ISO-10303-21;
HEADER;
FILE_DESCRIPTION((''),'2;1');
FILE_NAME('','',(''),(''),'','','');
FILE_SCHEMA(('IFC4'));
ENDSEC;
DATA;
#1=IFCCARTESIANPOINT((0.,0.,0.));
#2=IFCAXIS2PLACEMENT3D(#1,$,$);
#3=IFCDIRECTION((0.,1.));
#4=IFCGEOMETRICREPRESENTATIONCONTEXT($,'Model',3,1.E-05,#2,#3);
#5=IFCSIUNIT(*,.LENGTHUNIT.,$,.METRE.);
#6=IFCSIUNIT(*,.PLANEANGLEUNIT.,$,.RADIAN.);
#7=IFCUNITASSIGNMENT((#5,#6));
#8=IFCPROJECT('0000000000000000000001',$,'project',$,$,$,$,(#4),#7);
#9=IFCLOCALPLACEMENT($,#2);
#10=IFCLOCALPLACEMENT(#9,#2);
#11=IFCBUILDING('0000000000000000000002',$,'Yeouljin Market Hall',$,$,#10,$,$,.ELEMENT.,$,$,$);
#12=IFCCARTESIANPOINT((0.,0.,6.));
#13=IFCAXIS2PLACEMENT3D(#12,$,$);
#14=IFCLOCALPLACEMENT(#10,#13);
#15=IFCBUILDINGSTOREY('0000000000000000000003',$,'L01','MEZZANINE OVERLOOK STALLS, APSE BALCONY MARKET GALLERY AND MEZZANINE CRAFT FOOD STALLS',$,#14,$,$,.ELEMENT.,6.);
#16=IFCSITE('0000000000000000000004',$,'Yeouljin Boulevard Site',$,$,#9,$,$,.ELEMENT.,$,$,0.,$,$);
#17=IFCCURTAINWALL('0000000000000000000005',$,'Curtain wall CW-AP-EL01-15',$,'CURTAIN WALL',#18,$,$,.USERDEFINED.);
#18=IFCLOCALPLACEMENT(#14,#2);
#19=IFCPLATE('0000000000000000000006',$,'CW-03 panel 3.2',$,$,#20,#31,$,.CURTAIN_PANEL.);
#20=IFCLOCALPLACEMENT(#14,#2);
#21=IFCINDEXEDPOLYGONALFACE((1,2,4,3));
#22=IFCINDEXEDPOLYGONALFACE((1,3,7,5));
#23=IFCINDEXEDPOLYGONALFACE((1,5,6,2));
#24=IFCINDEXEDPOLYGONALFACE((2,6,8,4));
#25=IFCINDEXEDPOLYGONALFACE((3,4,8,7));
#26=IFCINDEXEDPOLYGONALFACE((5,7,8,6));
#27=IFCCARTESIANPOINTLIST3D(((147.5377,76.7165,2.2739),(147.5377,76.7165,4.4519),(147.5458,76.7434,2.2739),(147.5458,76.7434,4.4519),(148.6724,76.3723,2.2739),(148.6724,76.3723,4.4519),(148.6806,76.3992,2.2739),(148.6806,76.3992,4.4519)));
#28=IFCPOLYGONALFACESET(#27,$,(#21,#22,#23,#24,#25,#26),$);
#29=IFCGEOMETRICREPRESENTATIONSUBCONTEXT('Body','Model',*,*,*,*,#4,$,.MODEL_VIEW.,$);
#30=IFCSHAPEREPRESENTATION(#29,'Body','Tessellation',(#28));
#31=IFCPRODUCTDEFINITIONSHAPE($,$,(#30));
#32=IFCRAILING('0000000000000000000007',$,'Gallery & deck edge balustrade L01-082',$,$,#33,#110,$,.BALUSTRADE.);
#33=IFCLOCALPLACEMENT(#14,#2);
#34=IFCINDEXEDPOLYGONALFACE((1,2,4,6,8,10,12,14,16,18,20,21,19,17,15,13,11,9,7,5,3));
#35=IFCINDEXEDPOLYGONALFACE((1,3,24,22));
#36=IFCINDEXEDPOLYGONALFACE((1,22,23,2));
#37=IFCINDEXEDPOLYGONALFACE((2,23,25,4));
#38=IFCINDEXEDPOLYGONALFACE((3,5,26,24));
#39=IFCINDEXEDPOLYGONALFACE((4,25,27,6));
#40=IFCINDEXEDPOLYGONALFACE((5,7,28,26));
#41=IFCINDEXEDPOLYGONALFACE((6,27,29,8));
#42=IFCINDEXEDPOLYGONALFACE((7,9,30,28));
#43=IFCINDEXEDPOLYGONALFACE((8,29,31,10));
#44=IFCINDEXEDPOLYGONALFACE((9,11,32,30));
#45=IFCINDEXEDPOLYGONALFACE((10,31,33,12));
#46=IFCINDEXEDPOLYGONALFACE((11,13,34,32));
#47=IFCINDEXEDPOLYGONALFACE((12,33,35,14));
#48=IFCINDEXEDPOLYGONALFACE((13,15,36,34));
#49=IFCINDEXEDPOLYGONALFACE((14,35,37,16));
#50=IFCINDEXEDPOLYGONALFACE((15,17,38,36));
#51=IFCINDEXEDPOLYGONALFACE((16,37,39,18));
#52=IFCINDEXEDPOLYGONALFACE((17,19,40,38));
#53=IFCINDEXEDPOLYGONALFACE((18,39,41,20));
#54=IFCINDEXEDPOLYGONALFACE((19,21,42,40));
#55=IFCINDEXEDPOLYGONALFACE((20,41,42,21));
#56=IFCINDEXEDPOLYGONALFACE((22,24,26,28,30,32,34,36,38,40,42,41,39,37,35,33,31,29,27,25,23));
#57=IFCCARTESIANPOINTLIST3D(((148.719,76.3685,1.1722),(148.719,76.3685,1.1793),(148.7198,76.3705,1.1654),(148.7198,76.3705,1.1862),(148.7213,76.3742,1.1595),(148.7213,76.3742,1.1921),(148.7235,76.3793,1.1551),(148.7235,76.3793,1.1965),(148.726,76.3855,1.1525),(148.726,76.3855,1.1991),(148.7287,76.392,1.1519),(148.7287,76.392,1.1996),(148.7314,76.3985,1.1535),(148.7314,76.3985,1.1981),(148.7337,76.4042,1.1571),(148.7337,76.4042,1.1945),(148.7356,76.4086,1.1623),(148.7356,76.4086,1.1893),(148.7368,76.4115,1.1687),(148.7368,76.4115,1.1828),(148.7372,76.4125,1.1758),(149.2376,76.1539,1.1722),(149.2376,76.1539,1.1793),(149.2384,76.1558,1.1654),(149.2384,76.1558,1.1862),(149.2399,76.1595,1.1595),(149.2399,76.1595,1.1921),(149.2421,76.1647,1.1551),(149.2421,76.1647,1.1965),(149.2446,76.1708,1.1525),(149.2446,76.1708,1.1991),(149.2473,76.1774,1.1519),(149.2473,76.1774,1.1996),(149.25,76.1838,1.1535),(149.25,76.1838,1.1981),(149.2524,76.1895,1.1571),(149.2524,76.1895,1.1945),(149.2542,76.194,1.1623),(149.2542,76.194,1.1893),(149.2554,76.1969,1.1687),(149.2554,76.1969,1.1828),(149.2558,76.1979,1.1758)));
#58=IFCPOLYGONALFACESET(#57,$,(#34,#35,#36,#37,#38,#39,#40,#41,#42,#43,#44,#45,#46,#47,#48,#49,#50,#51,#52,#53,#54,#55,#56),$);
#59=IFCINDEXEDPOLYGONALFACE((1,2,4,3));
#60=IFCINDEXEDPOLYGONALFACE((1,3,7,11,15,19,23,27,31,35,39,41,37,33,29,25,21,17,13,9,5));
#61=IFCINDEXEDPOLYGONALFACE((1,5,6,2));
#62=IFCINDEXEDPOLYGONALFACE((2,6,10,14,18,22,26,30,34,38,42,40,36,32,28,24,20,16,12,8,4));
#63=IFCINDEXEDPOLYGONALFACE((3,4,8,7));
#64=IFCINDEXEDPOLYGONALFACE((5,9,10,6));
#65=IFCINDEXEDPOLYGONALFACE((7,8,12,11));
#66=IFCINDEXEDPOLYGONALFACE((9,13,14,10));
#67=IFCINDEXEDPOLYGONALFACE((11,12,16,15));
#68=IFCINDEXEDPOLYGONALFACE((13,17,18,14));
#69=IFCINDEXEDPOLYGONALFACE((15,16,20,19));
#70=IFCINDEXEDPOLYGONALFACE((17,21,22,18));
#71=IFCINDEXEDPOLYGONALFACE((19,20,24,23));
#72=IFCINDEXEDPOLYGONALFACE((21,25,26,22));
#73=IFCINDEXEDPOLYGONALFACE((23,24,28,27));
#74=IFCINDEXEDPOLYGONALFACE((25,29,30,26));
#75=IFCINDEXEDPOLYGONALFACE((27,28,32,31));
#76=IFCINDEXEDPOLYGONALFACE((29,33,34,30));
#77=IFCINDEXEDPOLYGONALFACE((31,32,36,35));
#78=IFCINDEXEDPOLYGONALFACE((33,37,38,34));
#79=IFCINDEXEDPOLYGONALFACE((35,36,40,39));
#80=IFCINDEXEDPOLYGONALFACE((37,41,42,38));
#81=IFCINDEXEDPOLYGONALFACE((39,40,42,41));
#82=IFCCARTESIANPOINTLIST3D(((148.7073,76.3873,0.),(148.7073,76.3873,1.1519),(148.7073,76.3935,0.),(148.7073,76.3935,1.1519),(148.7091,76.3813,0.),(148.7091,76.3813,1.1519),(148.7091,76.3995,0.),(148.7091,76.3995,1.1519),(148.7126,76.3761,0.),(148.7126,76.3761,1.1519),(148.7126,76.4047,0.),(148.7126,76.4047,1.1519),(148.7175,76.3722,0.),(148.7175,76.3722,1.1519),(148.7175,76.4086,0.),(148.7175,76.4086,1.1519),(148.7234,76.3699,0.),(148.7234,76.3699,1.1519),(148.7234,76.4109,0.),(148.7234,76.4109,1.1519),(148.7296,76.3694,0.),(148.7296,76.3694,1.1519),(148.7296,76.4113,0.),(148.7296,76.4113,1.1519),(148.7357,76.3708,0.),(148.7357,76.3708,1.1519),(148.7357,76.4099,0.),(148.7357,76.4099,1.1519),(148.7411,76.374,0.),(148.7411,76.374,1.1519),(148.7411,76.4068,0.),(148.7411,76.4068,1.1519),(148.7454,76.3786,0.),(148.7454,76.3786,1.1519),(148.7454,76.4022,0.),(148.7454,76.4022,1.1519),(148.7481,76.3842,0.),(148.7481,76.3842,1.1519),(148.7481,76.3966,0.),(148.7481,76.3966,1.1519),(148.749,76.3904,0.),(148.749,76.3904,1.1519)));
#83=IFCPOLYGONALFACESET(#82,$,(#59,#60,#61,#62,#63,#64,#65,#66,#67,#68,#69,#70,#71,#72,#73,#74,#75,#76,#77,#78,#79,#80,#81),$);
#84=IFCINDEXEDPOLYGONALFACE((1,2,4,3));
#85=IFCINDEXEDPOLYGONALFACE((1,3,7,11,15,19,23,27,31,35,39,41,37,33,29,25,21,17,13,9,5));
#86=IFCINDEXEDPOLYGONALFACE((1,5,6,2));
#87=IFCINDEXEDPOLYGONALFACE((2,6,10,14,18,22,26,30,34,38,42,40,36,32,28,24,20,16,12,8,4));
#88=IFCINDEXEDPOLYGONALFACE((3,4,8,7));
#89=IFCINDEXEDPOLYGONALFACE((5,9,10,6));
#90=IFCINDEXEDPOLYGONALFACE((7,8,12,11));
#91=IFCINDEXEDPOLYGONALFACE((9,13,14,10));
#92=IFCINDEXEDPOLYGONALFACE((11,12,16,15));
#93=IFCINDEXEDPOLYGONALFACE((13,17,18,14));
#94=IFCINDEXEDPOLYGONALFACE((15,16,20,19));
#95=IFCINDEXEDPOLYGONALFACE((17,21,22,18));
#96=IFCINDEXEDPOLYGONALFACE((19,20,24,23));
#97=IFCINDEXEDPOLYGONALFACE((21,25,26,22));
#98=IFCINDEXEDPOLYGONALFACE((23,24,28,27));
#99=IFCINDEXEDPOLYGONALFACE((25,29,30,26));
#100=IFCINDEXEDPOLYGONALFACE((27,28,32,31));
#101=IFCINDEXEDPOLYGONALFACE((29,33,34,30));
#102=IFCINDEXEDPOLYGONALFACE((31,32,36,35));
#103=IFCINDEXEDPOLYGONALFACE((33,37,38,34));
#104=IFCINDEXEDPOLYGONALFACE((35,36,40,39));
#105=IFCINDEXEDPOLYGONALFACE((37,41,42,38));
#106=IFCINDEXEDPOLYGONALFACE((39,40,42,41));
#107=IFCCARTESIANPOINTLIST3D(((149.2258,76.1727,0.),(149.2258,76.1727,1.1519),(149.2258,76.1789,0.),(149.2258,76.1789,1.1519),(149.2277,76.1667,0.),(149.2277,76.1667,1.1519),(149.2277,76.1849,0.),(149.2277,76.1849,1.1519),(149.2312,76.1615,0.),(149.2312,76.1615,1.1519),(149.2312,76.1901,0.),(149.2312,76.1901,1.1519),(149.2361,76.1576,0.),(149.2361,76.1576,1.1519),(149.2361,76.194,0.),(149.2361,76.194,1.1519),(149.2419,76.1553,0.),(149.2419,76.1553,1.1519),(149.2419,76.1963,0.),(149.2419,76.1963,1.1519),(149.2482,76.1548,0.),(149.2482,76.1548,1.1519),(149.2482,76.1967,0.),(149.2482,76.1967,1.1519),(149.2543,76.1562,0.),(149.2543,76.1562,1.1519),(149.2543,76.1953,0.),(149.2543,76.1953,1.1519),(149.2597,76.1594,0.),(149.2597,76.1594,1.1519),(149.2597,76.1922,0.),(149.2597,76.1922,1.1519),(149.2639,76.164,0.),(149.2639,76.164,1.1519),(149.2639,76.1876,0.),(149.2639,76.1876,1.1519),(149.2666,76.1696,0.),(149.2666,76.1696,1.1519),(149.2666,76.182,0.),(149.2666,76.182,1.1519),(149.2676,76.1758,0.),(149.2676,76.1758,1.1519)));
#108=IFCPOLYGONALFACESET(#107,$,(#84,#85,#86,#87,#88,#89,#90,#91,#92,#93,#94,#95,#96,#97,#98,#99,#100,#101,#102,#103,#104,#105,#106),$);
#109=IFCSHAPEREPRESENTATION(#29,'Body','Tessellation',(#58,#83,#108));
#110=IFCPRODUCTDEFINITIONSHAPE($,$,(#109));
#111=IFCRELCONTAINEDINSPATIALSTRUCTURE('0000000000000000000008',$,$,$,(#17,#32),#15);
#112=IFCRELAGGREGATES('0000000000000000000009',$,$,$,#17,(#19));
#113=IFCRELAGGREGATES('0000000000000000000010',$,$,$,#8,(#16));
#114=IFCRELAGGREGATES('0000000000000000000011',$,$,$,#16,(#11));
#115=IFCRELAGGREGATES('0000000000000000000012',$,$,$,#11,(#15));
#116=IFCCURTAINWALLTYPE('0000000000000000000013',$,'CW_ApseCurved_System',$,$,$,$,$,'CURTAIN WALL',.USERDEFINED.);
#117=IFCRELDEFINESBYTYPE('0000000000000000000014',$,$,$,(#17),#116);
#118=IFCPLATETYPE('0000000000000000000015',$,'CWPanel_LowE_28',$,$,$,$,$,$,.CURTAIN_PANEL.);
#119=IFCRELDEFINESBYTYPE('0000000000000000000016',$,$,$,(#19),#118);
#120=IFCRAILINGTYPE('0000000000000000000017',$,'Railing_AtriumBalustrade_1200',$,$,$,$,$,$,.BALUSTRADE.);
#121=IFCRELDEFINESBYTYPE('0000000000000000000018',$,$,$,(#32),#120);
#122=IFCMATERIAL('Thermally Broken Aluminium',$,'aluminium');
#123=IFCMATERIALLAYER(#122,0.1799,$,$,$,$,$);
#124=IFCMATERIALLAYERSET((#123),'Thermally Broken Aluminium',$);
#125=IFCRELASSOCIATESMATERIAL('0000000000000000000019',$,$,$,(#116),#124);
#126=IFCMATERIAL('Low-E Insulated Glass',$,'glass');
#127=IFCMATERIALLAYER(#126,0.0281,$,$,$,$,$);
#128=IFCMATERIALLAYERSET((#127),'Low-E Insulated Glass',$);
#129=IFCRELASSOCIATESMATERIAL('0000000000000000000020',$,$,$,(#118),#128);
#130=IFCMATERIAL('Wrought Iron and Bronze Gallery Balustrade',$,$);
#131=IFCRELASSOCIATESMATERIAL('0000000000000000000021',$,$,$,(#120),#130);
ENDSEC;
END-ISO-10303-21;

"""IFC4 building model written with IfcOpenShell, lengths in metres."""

from ifc_helpers import new_model, si_unit, direction, frame, origin, origin_2d, place, context, subcontext, project, spatial, rectangle, circle, extrude, material, layer, layer_set, type_object, element, aggregate, save


model = new_model("IFC4")

# Units and contexts
model_context = context("Model", 3, precision=1e-05, world=origin(), true_north=direction((0.0, 1.0)))
body_context = subcontext(model_context, "Body", "Model", "MODEL_VIEW")
ifc_project = project(units=[si_unit("LENGTHUNIT", "METRE"), si_unit("PLANEANGLEUNIT", "RADIAN")], contexts=[model_context])

# Site, building, storey
site_placement = place(None, origin())
site = spatial("IfcSite", under=ifc_project, at=site_placement, Name="Yeouljin Boulevard Site", CompositionType="ELEMENT", RefElevation=0.0)
building_placement = place(site_placement, origin())
building = spatial("IfcBuilding", under=site, at=building_placement, Name="Yeouljin Market Hall", CompositionType="ELEMENT")
storey_placement = place(building_placement, frame((0.0, 0.0, 6.0)))
storey = spatial("IfcBuildingStorey", under=building, at=storey_placement, Name="L01", Description="MEZZANINE OVERLOOK STALLS, APSE BALCONY MARKET GALLERY AND MEZZANINE CRAFT FOOD STALLS", CompositionType="ELEMENT", Elevation=6.0)

# Shared definitions
ifc_material_1 = material(Name="Thermally Broken Aluminium", Category="aluminium")
ifc_layer_1 = layer(ifc_material_1, 0.1799)
ifc_layer_set_1 = layer_set([ifc_layer_1], Name="Thermally Broken Aluminium")
curtain_wall_type = type_object("IfcCurtainWallType", Name="CW_ApseCurved_System", ElementType="CURTAIN WALL", PredefinedType="USERDEFINED", material=ifc_layer_set_1)

# Curtain wall
curtain_wall_1_placement = place(storey_placement, origin())
curtain_wall_1 = element("IfcCurtainWall", 1, at=curtain_wall_1_placement, inside=storey, type_object=curtain_wall_type, Name="Curtain wall CW-AP-EL01-15", ObjectType="CURTAIN WALL", PredefinedType="USERDEFINED")

# Plate
ifc_material_2 = material(Name="Low-E Insulated Glass", Category="glass")
ifc_layer_2 = layer(ifc_material_2, 0.0281)
ifc_layer_set_2 = layer_set([ifc_layer_2], Name="Low-E Insulated Glass")
plate_type = type_object("IfcPlateType", Name="CWPanel_LowE_28", PredefinedType="CURTAIN_PANEL", material=ifc_layer_set_2)
plate_1_placement = place(storey_placement, frame((148.1091, 76.5579, 2.2739), z_axis=(0.0, 0.0, 1.0), x_axis=(0.95694, -0.290286, 0.0)))
plate_1 = element("IfcPlate", 2, at=plate_1_placement, type_object=plate_type, Name="CW-03 panel 3.2", PredefinedType="CURTAIN_PANEL", context=body_context, shape_type="SweptSolid", body=[
    extrude(rectangle(XDim=1.1858, YDim=0.0281, at=origin_2d()), origin(), (0.0, 0.0, 1.0), 2.178),
])
aggregate(curtain_wall_1, [plate_1])

# Railing
ifc_material_3 = material(Name="Wrought Iron and Bronze Gallery Balustrade")
railing_type = type_object("IfcRailingType", Name="Railing_AtriumBalustrade_1200", PredefinedType="BALUSTRADE", material=ifc_material_3)
railing_1_placement = place(storey_placement, frame((148.728, 76.3904, 0.0)))
element("IfcRailing", 3, at=railing_1_placement, inside=storey, type_object=railing_type, Name="Gallery & deck edge balustrade L01-082", PredefinedType="BALUSTRADE", context=body_context, shape_type="SweptSolid", body=[
    extrude(circle(Radius=0.0239, at=origin_2d()), frame((0.0, 0.0, 1.1758), z_axis=(0.924001, -0.38239, 0.0), x_axis=(0.38239, 0.924001, 0.0)), (0.0, 0.0, 1.0), 0.5613),
    extrude(circle(Radius=0.021, at=origin_2d()), origin(), (0.0, 0.0, 1.0), 1.1519),
    extrude(circle(Radius=0.021, at=origin_2d()), frame((0.5186, -0.2146, 0.0)), (0.0, 0.0, 1.0), 1.1519),
])

save(model, "model.ifc")
